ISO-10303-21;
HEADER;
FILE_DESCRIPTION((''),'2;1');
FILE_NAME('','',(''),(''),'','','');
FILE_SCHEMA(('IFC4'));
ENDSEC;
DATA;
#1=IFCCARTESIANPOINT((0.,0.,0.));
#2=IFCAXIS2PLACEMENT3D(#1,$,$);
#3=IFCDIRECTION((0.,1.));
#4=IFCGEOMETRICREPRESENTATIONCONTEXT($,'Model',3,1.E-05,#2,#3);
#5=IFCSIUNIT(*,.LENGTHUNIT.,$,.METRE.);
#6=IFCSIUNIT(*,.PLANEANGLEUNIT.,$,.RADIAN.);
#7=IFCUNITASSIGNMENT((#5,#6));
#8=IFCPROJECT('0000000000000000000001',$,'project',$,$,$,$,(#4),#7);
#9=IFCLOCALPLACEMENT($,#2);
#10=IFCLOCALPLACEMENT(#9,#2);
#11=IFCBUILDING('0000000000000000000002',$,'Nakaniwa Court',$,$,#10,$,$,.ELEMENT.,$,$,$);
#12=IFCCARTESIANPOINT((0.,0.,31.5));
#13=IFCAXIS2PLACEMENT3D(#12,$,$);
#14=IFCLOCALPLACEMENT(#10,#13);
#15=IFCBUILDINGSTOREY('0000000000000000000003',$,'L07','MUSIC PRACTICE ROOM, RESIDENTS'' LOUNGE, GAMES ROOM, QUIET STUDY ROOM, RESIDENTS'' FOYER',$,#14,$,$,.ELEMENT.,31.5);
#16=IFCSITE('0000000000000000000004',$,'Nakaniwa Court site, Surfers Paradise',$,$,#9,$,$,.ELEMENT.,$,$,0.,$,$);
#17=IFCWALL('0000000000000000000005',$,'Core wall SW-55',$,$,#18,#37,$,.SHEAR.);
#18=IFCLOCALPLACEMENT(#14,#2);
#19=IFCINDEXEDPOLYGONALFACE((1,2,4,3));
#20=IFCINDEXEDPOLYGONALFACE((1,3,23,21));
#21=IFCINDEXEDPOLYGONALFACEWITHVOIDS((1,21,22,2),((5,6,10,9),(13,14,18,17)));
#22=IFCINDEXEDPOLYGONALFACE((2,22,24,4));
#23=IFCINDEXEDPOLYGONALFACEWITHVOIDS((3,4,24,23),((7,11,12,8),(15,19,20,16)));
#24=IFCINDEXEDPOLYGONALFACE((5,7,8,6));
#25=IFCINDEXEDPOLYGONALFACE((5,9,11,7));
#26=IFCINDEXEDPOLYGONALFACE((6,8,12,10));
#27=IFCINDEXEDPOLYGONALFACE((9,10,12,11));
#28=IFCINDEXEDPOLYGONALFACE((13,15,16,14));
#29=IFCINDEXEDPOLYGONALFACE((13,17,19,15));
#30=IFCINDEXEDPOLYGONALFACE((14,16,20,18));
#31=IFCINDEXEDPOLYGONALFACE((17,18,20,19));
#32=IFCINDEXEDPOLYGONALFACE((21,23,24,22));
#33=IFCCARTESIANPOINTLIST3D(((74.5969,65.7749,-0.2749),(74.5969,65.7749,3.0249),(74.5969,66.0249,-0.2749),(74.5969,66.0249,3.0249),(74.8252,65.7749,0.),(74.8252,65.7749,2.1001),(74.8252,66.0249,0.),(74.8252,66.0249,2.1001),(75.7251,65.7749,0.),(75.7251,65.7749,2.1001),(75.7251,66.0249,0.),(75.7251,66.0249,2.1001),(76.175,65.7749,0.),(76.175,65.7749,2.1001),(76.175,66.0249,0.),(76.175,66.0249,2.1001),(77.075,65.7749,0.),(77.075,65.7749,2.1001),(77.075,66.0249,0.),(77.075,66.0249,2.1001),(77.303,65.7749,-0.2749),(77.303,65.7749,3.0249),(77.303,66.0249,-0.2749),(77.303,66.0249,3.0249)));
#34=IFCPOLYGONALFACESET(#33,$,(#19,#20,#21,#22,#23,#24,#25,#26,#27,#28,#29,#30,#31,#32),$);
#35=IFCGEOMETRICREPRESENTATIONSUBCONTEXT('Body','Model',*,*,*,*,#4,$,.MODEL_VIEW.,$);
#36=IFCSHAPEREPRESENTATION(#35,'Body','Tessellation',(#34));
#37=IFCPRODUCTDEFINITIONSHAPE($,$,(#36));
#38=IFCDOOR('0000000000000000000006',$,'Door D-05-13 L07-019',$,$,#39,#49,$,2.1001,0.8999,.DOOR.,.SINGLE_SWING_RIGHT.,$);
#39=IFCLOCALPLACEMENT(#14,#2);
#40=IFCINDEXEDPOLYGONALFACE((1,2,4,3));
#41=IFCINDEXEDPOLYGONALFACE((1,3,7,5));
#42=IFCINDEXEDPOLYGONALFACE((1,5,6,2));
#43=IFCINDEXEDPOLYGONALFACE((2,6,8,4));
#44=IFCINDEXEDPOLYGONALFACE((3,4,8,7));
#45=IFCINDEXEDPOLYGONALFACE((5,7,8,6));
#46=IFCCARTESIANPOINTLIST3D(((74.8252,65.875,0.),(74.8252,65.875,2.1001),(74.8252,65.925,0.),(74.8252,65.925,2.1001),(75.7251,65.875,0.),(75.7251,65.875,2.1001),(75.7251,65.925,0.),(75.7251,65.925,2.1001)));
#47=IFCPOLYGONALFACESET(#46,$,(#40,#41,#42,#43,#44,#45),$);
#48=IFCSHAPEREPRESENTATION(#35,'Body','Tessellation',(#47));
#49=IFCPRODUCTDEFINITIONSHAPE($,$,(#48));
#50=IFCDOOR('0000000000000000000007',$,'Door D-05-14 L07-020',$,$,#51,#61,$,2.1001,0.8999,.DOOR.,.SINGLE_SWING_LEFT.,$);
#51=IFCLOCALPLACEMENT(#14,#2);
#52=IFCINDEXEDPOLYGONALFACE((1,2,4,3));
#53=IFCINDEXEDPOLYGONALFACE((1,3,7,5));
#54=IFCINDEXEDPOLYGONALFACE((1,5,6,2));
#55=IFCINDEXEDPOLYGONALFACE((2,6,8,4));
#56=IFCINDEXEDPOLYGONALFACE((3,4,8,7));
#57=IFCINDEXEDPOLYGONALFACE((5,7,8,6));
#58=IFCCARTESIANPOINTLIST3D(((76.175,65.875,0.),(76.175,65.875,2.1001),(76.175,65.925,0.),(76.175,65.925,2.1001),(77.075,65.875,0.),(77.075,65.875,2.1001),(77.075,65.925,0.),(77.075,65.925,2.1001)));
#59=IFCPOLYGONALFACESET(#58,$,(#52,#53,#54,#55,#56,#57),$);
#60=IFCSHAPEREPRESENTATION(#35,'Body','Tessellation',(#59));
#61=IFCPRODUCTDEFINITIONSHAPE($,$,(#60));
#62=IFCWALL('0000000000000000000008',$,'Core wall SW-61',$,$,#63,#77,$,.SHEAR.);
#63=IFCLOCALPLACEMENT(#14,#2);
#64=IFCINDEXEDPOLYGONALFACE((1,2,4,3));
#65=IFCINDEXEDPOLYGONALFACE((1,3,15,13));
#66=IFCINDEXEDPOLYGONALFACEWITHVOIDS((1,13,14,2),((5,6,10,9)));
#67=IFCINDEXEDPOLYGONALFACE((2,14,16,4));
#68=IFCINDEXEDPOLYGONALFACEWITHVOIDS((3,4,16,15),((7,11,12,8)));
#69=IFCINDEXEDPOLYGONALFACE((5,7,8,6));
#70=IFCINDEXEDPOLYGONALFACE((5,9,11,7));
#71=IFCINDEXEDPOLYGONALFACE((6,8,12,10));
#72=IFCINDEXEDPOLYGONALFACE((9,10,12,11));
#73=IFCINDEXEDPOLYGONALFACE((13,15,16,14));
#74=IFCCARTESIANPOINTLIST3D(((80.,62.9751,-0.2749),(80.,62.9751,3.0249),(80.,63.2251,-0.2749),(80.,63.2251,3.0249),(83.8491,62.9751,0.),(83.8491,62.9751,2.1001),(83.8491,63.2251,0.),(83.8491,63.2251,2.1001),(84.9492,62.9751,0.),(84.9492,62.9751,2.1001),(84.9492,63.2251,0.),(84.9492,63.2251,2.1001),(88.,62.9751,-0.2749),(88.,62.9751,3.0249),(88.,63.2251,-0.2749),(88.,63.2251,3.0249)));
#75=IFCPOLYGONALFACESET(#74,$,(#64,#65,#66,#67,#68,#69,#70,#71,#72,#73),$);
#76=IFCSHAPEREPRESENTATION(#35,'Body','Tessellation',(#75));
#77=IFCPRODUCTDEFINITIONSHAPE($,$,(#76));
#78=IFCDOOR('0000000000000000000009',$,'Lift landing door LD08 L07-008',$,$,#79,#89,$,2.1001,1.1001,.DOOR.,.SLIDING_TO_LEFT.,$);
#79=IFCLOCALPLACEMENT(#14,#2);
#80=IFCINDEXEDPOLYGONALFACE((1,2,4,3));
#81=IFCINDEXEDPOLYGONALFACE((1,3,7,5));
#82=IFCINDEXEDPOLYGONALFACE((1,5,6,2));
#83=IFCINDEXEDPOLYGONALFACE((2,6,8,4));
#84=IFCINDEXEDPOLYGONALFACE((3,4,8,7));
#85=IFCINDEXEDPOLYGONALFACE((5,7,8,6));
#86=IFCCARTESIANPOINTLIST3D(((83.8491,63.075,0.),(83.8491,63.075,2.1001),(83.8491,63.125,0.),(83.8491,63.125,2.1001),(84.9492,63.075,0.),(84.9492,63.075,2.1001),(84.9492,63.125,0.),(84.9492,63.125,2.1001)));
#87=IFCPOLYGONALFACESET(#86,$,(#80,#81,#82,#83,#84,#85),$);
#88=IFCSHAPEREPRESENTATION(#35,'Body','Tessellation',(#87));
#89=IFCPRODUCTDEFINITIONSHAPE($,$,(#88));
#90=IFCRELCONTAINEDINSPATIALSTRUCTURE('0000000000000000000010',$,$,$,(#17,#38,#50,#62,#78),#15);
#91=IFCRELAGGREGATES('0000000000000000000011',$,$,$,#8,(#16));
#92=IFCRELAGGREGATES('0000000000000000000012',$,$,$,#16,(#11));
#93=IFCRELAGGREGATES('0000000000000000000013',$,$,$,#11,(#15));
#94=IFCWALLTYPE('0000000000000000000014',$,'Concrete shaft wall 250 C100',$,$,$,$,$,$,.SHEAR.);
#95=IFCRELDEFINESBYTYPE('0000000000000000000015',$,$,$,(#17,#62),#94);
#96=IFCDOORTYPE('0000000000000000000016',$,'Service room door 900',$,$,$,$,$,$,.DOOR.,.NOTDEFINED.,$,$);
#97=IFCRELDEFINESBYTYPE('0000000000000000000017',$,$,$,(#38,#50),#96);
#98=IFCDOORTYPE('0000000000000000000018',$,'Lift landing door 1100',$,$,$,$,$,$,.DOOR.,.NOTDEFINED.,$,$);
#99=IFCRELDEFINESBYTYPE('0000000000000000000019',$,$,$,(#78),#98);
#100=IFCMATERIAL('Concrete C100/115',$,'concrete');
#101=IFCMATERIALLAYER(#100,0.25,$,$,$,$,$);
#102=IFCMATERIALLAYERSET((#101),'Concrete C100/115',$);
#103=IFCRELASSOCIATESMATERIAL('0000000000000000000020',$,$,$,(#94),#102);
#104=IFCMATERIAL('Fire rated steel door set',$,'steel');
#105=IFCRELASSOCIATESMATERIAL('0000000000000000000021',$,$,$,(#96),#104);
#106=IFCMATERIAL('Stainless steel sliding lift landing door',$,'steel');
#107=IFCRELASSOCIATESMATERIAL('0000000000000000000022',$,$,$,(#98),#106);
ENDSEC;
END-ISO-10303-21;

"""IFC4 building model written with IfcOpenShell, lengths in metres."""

from ifc_helpers import new_model, si_unit, direction, frame, frame_2d, origin, place, context, subcontext, project, spatial, rectangle, extrude, material, layer, layer_set, type_object, element, fill, save


model = new_model("IFC4")

# Units and contexts
model_context = context("Model", 3, precision=1e-05, world=origin(), true_north=direction((0.0, 1.0)))
body_context = subcontext(model_context, "Body", "Model", "MODEL_VIEW")
ifc_project = project(units=[si_unit("LENGTHUNIT", "METRE"), si_unit("PLANEANGLEUNIT", "RADIAN")], contexts=[model_context])

# Site, building, storey
site_placement = place(None, origin())
site = spatial("IfcSite", under=ifc_project, at=site_placement, Name="Nakaniwa Court site, Surfers Paradise", CompositionType="ELEMENT", RefElevation=0.0)
building_placement = place(site_placement, origin())
building = spatial("IfcBuilding", under=site, at=building_placement, Name="Nakaniwa Court", CompositionType="ELEMENT")
storey_placement = place(building_placement, frame((0.0, 0.0, 31.5)))
storey = spatial("IfcBuildingStorey", under=building, at=storey_placement, Name="L07", Description="MUSIC PRACTICE ROOM, RESIDENTS' LOUNGE, GAMES ROOM, QUIET STUDY ROOM, RESIDENTS' FOYER", CompositionType="ELEMENT", Elevation=31.5)

# Shared definitions
ifc_material_1 = material(Name="Fire rated steel door set", Category="steel")

# Shared definitions
ifc_material_2 = material(Name="Concrete C100/115", Category="concrete")
ifc_layer_1 = layer(ifc_material_2, 0.25)
ifc_layer_set_1 = layer_set([ifc_layer_1], Name="Concrete C100/115")
wall_type_1 = type_object("IfcWallType", Name="Concrete shaft wall 250 C100", PredefinedType="SHEAR", material=ifc_layer_set_1)

# Wall, openings, doors
wall_1_placement = place(storey_placement, frame((77.303, 65.8999, -0.2749), z_axis=(0.0, 0.0, 1.0), x_axis=(-1.0, 0.0, 0.0)))
wall_1 = element("IfcWall", 1, at=wall_1_placement, inside=storey, type_object=wall_type_1, Name="Core wall SW-55", PredefinedType="SHEAR", context=body_context, shape_type="SweptSolid", body=[
    extrude(rectangle(XDim=2.7061, YDim=0.25, at=frame_2d((1.353, 0.0))), origin(), (0.0, 0.0, 1.0), 3.2998),
])
opening_1_placement = place(wall_1_placement, frame((1.5779, 0.0, 0.2749)))
opening_1 = element("IfcOpeningElement", 2, at=opening_1_placement, cuts=wall_1, PredefinedType="OPENING", context=body_context, shape_type="SweptSolid", body=[
    extrude(rectangle(XDim=0.8999, YDim=2.1001, at=frame_2d((0.45, 1.05))), frame((0.0, 0.135, 0.0), z_axis=(0.0, -1.0, 0.0), x_axis=(1.0, 0.0, 0.0)), (0.0, 0.0, 1.0), 0.27),
])
opening_2_placement = place(wall_1_placement, frame((0.228, 0.0, 0.2749)))
opening_2 = element("IfcOpeningElement", 3, at=opening_2_placement, cuts=wall_1, PredefinedType="OPENING", context=body_context, shape_type="SweptSolid", body=[
    extrude(rectangle(XDim=0.8999, YDim=2.1001, at=frame_2d((0.45, 1.05))), frame((0.0, 0.135, 0.0), z_axis=(0.0, -1.0, 0.0), x_axis=(1.0, 0.0, 0.0)), (0.0, 0.0, 1.0), 0.27),
])
door_type_1 = type_object("IfcDoorType", Name="Service room door 900", OperationType="NOTDEFINED", PredefinedType="DOOR", material=ifc_material_1)
door_1_placement = place(opening_1_placement, origin())
door_1 = element("IfcDoor", 4, at=door_1_placement, inside=storey, type_object=door_type_1, Name="Door D-05-13 L07-019", OperationType="SINGLE_SWING_RIGHT", OverallHeight=2.1001, OverallWidth=0.8999, PredefinedType="DOOR", context=body_context, shape_type="SweptSolid", body=[
    extrude(rectangle(XDim=0.8999, YDim=2.1001, at=frame_2d((0.45, 1.05))), frame((0.0, 0.0249, 0.0), z_axis=(0.0, -1.0, 0.0), x_axis=(1.0, 0.0, 0.0)), (0.0, 0.0, 1.0), 0.05),
])
fill(opening_1, door_1)
door_2_placement = place(opening_2_placement, origin())
door_2 = element("IfcDoor", 5, at=door_2_placement, inside=storey, type_object=door_type_1, Name="Door D-05-14 L07-020", OperationType="SINGLE_SWING_LEFT", OverallHeight=2.1001, OverallWidth=0.8999, PredefinedType="DOOR", context=body_context, shape_type="SweptSolid", body=[
    extrude(rectangle(XDim=0.8999, YDim=2.1001, at=frame_2d((0.45, 1.05))), frame((0.0, 0.0249, 0.0), z_axis=(0.0, -1.0, 0.0), x_axis=(1.0, 0.0, 0.0)), (0.0, 0.0, 1.0), 0.05),
])
fill(opening_2, door_2)

# Wall, opening, door
wall_2_placement = place(storey_placement, frame((80.0, 63.1001, -0.2749), z_axis=(0.0, 0.0, 1.0), x_axis=(1.0, 0.0, 0.0)))
wall_2 = element("IfcWall", 6, at=wall_2_placement, inside=storey, type_object=wall_type_1, Name="Core wall SW-61", PredefinedType="SHEAR", context=body_context, shape_type="SweptSolid", body=[
    extrude(rectangle(XDim=8.0, YDim=0.25, at=frame_2d((4.0, 0.0))), origin(), (0.0, 0.0, 1.0), 3.2998),
])
opening_3_placement = place(wall_2_placement, frame((3.8491, 0.0, 0.2749)))
opening_3 = element("IfcOpeningElement", 7, at=opening_3_placement, cuts=wall_2, PredefinedType="OPENING", context=body_context, shape_type="SweptSolid", body=[
    extrude(rectangle(XDim=1.1001, YDim=2.1001, at=frame_2d((0.55, 1.05))), frame((0.0, 0.135, 0.0), z_axis=(0.0, -1.0, 0.0), x_axis=(1.0, 0.0, 0.0)), (0.0, 0.0, 1.0), 0.27),
])
ifc_material_3 = material(Name="Stainless steel sliding lift landing door", Category="steel")
door_type_2 = type_object("IfcDoorType", Name="Lift landing door 1100", OperationType="NOTDEFINED", PredefinedType="DOOR", material=ifc_material_3)
door_3_placement = place(opening_3_placement, origin())
door_3 = element("IfcDoor", 8, at=door_3_placement, inside=storey, type_object=door_type_2, Name="Lift landing door LD08 L07-008", OperationType="SLIDING_TO_LEFT", OverallHeight=2.1001, OverallWidth=1.1001, PredefinedType="DOOR", context=body_context, shape_type="SweptSolid", body=[
    extrude(rectangle(XDim=1.1001, YDim=2.1001, at=frame_2d((0.55, 1.05))), frame((0.0, 0.0249, 0.0), z_axis=(0.0, -1.0, 0.0), x_axis=(1.0, 0.0, 0.0)), (0.0, 0.0, 1.0), 0.05),
])
fill(opening_3, door_3)

save(model, "model.ifc")
